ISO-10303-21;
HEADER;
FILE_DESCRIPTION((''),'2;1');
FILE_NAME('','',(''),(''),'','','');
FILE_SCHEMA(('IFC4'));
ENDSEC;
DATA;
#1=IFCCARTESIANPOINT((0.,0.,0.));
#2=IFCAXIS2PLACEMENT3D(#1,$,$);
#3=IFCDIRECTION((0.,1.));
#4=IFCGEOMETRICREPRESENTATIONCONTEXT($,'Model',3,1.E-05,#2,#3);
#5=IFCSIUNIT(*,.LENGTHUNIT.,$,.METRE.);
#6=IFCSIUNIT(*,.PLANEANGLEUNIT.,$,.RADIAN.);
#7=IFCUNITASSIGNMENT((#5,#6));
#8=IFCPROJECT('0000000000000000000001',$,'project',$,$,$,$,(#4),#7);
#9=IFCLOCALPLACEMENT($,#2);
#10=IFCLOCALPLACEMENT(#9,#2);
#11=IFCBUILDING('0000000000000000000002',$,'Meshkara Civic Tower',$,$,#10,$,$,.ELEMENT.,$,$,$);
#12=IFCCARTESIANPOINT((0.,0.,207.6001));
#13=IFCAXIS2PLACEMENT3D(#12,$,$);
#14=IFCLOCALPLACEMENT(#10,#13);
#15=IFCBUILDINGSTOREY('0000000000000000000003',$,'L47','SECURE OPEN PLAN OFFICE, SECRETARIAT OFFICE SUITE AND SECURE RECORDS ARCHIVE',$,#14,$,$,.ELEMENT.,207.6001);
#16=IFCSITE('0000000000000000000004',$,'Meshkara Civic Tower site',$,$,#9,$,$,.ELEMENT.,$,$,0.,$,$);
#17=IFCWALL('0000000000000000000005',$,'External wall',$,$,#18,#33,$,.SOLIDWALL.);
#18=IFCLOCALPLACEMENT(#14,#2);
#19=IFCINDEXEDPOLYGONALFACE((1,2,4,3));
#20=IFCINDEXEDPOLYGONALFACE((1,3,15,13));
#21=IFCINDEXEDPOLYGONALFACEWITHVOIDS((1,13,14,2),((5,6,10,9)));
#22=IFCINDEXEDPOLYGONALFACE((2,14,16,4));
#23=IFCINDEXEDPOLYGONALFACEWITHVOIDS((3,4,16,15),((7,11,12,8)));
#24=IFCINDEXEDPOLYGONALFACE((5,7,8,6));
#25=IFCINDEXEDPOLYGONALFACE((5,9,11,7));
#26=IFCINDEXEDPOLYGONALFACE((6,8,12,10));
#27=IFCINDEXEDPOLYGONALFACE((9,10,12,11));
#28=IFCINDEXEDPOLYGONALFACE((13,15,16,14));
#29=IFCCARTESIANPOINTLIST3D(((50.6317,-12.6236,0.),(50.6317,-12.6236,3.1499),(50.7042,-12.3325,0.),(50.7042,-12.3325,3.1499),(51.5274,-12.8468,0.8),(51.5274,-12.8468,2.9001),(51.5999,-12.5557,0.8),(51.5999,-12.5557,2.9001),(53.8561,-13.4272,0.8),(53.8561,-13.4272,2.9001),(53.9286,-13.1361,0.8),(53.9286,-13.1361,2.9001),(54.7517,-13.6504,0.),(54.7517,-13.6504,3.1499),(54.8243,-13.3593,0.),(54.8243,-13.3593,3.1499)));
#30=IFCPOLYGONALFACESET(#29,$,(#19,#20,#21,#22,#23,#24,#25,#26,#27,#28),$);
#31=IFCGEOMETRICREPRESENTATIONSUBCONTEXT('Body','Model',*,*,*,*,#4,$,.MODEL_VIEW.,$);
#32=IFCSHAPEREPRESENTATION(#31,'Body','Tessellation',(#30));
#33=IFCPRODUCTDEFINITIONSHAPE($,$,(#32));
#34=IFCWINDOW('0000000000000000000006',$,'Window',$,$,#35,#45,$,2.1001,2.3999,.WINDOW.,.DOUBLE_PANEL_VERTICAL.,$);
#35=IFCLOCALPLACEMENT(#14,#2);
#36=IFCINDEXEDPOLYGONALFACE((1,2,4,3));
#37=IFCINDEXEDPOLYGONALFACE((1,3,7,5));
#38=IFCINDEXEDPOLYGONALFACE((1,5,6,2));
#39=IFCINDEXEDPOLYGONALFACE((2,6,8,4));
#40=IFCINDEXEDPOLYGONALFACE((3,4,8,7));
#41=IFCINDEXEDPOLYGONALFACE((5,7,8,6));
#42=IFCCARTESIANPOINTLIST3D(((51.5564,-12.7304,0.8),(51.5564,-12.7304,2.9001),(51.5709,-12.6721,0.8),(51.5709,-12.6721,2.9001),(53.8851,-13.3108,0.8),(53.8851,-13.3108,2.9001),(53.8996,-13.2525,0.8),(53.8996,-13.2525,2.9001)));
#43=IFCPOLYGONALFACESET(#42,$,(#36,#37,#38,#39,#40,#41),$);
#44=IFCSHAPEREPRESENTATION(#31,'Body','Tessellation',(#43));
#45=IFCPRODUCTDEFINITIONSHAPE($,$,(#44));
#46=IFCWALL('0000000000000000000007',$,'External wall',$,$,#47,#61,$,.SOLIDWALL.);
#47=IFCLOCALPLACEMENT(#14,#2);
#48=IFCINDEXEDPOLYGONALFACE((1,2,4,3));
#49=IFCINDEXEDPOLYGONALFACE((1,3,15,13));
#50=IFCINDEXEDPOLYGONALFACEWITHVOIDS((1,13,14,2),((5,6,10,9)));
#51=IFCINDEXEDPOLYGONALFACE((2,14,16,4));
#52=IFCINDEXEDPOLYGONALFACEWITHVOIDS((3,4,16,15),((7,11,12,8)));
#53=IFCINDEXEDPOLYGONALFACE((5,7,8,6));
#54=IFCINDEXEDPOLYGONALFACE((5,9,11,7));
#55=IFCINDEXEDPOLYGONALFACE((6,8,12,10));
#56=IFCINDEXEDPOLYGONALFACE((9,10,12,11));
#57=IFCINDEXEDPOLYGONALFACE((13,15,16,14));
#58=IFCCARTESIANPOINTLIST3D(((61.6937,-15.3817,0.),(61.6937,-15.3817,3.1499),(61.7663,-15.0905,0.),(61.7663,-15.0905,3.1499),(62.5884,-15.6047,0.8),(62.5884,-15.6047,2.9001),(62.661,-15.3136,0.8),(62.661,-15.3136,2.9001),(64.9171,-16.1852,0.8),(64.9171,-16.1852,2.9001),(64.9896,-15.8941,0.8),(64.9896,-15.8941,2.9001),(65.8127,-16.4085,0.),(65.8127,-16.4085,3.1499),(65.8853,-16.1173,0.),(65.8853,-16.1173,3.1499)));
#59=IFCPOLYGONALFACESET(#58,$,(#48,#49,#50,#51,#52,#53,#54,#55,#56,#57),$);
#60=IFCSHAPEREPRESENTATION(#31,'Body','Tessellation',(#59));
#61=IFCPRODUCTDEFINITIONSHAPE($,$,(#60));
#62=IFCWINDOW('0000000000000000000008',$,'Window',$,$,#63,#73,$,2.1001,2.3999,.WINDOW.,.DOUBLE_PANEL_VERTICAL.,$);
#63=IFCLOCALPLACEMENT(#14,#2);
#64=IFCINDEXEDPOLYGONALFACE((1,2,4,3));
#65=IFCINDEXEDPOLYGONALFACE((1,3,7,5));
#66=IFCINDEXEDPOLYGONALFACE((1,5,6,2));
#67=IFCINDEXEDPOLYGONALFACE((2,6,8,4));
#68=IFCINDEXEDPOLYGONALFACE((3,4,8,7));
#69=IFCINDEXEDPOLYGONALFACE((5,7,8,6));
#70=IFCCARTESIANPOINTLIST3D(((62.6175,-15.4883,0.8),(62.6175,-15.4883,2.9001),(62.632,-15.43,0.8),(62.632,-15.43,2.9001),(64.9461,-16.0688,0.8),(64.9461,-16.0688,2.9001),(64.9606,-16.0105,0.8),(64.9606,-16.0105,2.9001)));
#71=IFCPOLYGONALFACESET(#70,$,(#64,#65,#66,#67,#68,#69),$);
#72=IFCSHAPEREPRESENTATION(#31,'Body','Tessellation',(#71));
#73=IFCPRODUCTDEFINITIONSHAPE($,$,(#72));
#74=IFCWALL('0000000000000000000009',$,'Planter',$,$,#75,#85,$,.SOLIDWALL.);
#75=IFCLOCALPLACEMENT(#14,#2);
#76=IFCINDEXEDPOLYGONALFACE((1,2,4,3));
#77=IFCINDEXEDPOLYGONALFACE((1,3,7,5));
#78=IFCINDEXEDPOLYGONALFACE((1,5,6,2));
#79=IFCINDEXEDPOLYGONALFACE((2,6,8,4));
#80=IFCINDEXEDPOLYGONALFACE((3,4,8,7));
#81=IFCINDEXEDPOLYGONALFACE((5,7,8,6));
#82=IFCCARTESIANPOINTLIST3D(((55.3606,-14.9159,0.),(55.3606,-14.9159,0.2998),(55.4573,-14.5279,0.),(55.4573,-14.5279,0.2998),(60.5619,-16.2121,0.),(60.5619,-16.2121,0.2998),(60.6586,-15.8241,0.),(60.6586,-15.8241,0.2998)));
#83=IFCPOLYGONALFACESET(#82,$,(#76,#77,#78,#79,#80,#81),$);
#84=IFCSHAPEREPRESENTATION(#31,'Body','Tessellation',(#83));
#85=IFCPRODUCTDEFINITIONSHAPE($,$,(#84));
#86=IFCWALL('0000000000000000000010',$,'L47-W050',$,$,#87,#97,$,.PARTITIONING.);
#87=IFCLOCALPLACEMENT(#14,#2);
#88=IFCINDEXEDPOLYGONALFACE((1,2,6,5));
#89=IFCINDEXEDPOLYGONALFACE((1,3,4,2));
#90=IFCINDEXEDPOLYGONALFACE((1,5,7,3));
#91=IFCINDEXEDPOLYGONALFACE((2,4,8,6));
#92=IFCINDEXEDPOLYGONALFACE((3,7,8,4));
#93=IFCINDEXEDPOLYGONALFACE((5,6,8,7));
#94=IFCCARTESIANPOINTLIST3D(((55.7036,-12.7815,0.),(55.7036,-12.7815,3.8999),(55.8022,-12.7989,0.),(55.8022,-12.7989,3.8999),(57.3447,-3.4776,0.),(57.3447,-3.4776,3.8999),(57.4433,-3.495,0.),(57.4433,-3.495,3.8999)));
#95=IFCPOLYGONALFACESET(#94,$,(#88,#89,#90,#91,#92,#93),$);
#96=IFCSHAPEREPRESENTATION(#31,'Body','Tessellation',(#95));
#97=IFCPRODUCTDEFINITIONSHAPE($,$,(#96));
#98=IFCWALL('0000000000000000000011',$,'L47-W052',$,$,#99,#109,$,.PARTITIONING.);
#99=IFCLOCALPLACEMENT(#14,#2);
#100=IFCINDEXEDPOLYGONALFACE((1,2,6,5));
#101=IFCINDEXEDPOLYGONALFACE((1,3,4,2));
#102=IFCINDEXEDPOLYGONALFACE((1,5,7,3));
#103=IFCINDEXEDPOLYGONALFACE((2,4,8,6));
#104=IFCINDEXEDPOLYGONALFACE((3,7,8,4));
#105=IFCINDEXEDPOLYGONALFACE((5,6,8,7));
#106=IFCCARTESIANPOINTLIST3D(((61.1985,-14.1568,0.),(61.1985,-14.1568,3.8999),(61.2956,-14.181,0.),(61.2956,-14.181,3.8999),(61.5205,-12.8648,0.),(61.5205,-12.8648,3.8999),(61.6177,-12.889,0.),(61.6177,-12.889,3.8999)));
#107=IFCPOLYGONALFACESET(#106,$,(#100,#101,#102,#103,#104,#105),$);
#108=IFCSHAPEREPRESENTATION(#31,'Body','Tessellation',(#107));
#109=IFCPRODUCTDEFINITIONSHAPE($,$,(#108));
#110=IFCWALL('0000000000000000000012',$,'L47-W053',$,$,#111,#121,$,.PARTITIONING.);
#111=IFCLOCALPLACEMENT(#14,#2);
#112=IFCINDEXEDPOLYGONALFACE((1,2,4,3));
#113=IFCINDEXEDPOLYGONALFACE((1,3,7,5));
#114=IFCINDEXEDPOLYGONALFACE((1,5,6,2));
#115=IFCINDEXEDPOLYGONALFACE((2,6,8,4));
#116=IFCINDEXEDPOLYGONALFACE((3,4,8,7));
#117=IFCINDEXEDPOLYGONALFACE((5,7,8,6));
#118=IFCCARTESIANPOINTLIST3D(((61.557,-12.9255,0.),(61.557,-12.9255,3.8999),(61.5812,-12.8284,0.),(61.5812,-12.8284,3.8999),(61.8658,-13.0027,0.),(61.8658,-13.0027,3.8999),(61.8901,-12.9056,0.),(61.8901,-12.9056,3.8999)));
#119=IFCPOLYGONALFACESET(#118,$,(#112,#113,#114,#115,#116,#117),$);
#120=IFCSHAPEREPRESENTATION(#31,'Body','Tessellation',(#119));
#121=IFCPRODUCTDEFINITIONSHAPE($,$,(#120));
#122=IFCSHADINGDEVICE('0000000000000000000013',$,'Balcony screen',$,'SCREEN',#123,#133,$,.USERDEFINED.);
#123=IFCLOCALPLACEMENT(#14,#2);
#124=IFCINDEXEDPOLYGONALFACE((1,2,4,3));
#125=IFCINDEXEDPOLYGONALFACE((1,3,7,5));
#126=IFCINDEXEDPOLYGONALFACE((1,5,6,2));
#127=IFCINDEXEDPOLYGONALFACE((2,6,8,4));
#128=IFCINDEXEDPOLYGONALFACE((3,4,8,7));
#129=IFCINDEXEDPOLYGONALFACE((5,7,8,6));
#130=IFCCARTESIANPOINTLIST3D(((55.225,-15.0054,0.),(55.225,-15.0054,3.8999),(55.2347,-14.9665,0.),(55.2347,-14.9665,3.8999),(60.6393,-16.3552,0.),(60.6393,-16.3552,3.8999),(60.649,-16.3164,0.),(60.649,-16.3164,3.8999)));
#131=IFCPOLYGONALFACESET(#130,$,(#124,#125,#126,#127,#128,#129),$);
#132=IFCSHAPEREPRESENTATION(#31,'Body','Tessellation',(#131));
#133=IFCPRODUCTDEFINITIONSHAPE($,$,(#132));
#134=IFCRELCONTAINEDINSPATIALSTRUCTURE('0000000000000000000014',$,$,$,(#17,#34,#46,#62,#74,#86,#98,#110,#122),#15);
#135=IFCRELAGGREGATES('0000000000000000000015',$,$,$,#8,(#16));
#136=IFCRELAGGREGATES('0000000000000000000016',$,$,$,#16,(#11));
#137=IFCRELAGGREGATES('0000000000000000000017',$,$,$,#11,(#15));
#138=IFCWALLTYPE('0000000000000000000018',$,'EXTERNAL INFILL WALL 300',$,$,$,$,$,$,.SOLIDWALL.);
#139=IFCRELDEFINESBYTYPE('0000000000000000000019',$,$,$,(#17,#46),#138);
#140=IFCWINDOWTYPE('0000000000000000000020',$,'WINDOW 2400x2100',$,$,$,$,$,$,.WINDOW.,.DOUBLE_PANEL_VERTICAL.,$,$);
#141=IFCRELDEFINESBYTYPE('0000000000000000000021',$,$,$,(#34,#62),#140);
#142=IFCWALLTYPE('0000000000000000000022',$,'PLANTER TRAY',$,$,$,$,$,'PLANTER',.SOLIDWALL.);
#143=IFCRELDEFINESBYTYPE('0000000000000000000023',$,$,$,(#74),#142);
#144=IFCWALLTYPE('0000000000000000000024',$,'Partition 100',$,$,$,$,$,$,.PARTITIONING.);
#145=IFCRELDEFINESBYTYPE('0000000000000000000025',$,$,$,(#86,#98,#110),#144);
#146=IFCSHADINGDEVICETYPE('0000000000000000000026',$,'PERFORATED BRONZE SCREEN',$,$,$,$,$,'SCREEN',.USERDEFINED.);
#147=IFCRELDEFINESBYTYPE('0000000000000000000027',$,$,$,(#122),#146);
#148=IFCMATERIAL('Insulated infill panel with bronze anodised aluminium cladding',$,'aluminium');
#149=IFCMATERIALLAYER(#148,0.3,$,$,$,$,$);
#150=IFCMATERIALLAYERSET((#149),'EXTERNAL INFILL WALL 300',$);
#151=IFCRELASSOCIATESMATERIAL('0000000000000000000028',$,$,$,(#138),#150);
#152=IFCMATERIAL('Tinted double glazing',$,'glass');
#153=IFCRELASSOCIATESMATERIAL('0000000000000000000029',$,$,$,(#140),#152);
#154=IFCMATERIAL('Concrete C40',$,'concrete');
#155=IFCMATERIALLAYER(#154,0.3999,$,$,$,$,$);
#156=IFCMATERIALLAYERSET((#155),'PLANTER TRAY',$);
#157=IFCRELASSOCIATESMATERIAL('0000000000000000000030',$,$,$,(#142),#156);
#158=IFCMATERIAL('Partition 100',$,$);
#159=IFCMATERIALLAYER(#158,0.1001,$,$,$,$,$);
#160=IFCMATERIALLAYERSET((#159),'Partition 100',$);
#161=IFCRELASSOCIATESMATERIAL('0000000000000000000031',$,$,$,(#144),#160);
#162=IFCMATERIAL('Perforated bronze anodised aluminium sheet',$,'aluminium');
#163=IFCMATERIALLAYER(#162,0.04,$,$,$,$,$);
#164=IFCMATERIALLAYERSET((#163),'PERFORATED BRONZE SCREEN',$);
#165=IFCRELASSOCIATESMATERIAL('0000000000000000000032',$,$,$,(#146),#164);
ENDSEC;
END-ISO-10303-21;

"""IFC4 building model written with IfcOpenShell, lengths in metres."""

from ifc_helpers import new_model, si_unit, direction, frame, frame_2d, origin, origin_2d, place, context, subcontext, project, spatial, rectangle, extrude, material, layer, layer_set, type_object, element, fill, save


model = new_model("IFC4")

# Units and contexts
model_context = context("Model", 3, precision=1e-05, world=origin(), true_north=direction((0.0, 1.0)))
body_context = subcontext(model_context, "Body", "Model", "MODEL_VIEW")
ifc_project = project(units=[si_unit("LENGTHUNIT", "METRE"), si_unit("PLANEANGLEUNIT", "RADIAN")], contexts=[model_context])

# Site, building, storey
site_placement = place(None, origin())
site = spatial("IfcSite", under=ifc_project, at=site_placement, Name="Meshkara Civic Tower site", CompositionType="ELEMENT", RefElevation=0.0)
building_placement = place(site_placement, origin())
building = spatial("IfcBuilding", under=site, at=building_placement, Name="Meshkara Civic Tower", CompositionType="ELEMENT")
storey_placement = place(building_placement, frame((0.0, 0.0, 207.6001)))
storey = spatial("IfcBuildingStorey", under=building, at=storey_placement, Name="L47", Description="SECURE OPEN PLAN OFFICE, SECRETARIAT OFFICE SUITE AND SECURE RECORDS ARCHIVE", CompositionType="ELEMENT", Elevation=207.6001)

# Walls, openings, windows
ifc_material_1 = material(Name="Insulated infill panel with bronze anodised aluminium cladding", Category="aluminium")
ifc_layer_1 = layer(ifc_material_1, 0.3)
ifc_layer_set_1 = layer_set([ifc_layer_1], Name="EXTERNAL INFILL WALL 300")
wall_type_1 = type_object("IfcWallType", Name="EXTERNAL INFILL WALL 300", PredefinedType="SOLIDWALL", material=ifc_layer_set_1)
ifc_material_2 = material(Name="Tinted double glazing", Category="glass")
window_type = type_object("IfcWindowType", Name="WINDOW 2400x2100", PartitioningType="DOUBLE_PANEL_VERTICAL", PredefinedType="WINDOW", material=ifc_material_2)
wall_1_placement = place(storey_placement, frame((50.668, -12.478, 0.0), z_axis=(0.0, 0.0, 1.0), x_axis=(0.970318, -0.241832, 0.0)))
wall_1 = element("IfcWall", 1, at=wall_1_placement, inside=storey, type_object=wall_type_1, Name="External wall", PredefinedType="SOLIDWALL", context=body_context, shape_type="SweptSolid", body=[
    extrude(rectangle(XDim=4.2461, YDim=0.3, at=frame_2d((2.123, 0.0))), origin(), (0.0, 0.0, 1.0), 3.1499),
])
opening_1_placement = place(wall_1_placement, frame((0.9231, 0.0, 0.8)))
opening_1 = element("IfcOpeningElement", 2, at=opening_1_placement, cuts=wall_1, PredefinedType="OPENING", context=body_context, shape_type="SweptSolid", body=[
    extrude(rectangle(XDim=2.3999, YDim=2.1001, at=frame_2d((1.2, 1.05))), frame((0.0, 0.1599, 0.0), z_axis=(0.0, -1.0, 0.0), x_axis=(1.0, 0.0, 0.0)), (0.0, 0.0, 1.0), 0.3201),
])
window_1_placement = place(opening_1_placement, origin())
window_1 = element("IfcWindow", 3, at=window_1_placement, inside=storey, type_object=window_type, Name="Window", OverallHeight=2.1001, OverallWidth=2.3999, PartitioningType="DOUBLE_PANEL_VERTICAL", PredefinedType="WINDOW", context=body_context, shape_type="SweptSolid", body=[
    extrude(rectangle(XDim=2.3999, YDim=2.1001, at=frame_2d((1.2, 1.05))), frame((0.0, 0.03, 0.0), z_axis=(0.0, -1.0, 0.0), x_axis=(1.0, 0.0, 0.0)), (0.0, 0.0, 1.0), 0.0601),
])
fill(opening_1, window_1)
wall_2_placement = place(storey_placement, frame((61.73, -15.2361, 0.0), z_axis=(0.0, 0.0, 1.0), x_axis=(0.970305, -0.241886, 0.0)))
wall_2 = element("IfcWall", 4, at=wall_2_placement, inside=storey, type_object=wall_type_1, Name="External wall", PredefinedType="SOLIDWALL", context=body_context, shape_type="SweptSolid", body=[
    extrude(rectangle(XDim=4.2451, YDim=0.3, at=frame_2d((2.1226, 0.0))), origin(), (0.0, 0.0, 1.0), 3.1499),
])
opening_2_placement = place(wall_2_placement, frame((0.9221, 0.0, 0.8)))
opening_2 = element("IfcOpeningElement", 5, at=opening_2_placement, cuts=wall_2, PredefinedType="OPENING", context=body_context, shape_type="SweptSolid", body=[
    extrude(rectangle(XDim=2.3999, YDim=2.1001, at=frame_2d((1.2, 1.05))), frame((0.0, 0.1599, 0.0), z_axis=(0.0, -1.0, 0.0), x_axis=(1.0, 0.0, 0.0)), (0.0, 0.0, 1.0), 0.3201),
])
window_2_placement = place(opening_2_placement, origin())
window_2 = element("IfcWindow", 6, at=window_2_placement, inside=storey, type_object=window_type, Name="Window", OverallHeight=2.1001, OverallWidth=2.3999, PartitioningType="DOUBLE_PANEL_VERTICAL", PredefinedType="WINDOW", context=body_context, shape_type="SweptSolid", body=[
    extrude(rectangle(XDim=2.3999, YDim=2.1001, at=frame_2d((1.2, 1.05))), frame((0.0, 0.03, 0.0), z_axis=(0.0, -1.0, 0.0), x_axis=(1.0, 0.0, 0.0)), (0.0, 0.0, 1.0), 0.0601),
])
fill(opening_2, window_2)

# Walls
ifc_material_3 = material(Name="Concrete C40", Category="concrete")
ifc_layer_2 = layer(ifc_material_3, 0.3999)
ifc_layer_set_2 = layer_set([ifc_layer_2], Name="PLANTER TRAY")
wall_type_2 = type_object("IfcWallType", Name="PLANTER TRAY", ElementType="PLANTER", PredefinedType="SOLIDWALL", material=ifc_layer_set_2)
wall_3_placement = place(storey_placement, frame((55.4089, -14.7219, 0.0), z_axis=(0.0, 0.0, 1.0), x_axis=(0.970324, -0.241807, 0.0)))
element("IfcWall", 7, at=wall_3_placement, inside=storey, type_object=wall_type_2, Name="Planter", PredefinedType="SOLIDWALL", context=body_context, shape_type="SweptSolid", body=[
    extrude(rectangle(XDim=5.3604, YDim=0.3999, at=frame_2d((2.6802, 0.0))), origin(), (0.0, 0.0, 1.0), 0.2998),
])
ifc_material_4 = material(Name="Partition 100")
ifc_layer_3 = layer(ifc_material_4, 0.1001)
ifc_layer_set_3 = layer_set([ifc_layer_3], Name="Partition 100")
wall_type_3 = type_object("IfcWallType", Name="Partition 100", PredefinedType="PARTITIONING", material=ifc_layer_set_3)
wall_4_placement = place(storey_placement, frame((55.7529, -12.79, 0.0), z_axis=(0.0, 0.0, 1.0), x_axis=(0.173707, 0.984797, 0.0)))
element("IfcWall", 8, at=wall_4_placement, inside=storey, type_object=wall_type_3, Name="L47-W050", PredefinedType="PARTITIONING", context=body_context, shape_type="SweptSolid", body=[
    extrude(rectangle(XDim=9.4475, YDim=0.1001, at=frame_2d((4.7236, 0.0))), origin(), (0.0, 0.0, 1.0), 3.8999),
])
wall_5_placement = place(storey_placement, frame((61.2471, -14.1689, 0.0), z_axis=(0.0, 0.0, 1.0), x_axis=(0.241845, 0.970315, 0.0)))
element("IfcWall", 9, at=wall_5_placement, inside=storey, type_object=wall_type_3, Name="L47-W052", PredefinedType="PARTITIONING", context=body_context, shape_type="SweptSolid", body=[
    extrude(rectangle(XDim=1.3315, YDim=0.1001, at=frame_2d((0.6658, 0.0))), origin(), (0.0, 0.0, 1.0), 3.8999),
])
wall_6_placement = place(storey_placement, frame((61.5691, -12.877, 0.0), z_axis=(0.0, 0.0, 1.0), x_axis=(0.970188, -0.242355, 0.0)))
element("IfcWall", 10, at=wall_6_placement, inside=storey, type_object=wall_type_3, Name="L47-W053", PredefinedType="PARTITIONING", context=body_context, shape_type="SweptSolid", body=[
    extrude(rectangle(XDim=0.3184, YDim=0.1001, at=frame_2d((0.1592, 0.0))), origin(), (0.0, 0.0, 1.0), 3.8999),
])

# Shading device
ifc_material_5 = material(Name="Perforated bronze anodised aluminium sheet", Category="aluminium")
ifc_layer_4 = layer(ifc_material_5, 0.04)
ifc_layer_set_4 = layer_set([ifc_layer_4], Name="PERFORATED BRONZE SCREEN")
shading_device_type = type_object("IfcShadingDeviceType", Name="PERFORATED BRONZE SCREEN", ElementType="SCREEN", PredefinedType="USERDEFINED", material=ifc_layer_set_4)
shading_device_placement = place(storey_placement, frame((57.937, -15.6609, 0.0), z_axis=(0.0, 0.0, 1.0), x_axis=(0.9703, -0.241905, 0.0)))
element("IfcShadingDevice", 11, at=shading_device_placement, inside=storey, type_object=shading_device_type, Name="Balcony screen", ObjectType="SCREEN", PredefinedType="USERDEFINED", context=body_context, shape_type="SweptSolid", body=[
    extrude(rectangle(XDim=5.5801, YDim=0.04, at=origin_2d()), origin(), (0.0, 0.0, 1.0), 3.8999),
])

save(model, "model.ifc")
